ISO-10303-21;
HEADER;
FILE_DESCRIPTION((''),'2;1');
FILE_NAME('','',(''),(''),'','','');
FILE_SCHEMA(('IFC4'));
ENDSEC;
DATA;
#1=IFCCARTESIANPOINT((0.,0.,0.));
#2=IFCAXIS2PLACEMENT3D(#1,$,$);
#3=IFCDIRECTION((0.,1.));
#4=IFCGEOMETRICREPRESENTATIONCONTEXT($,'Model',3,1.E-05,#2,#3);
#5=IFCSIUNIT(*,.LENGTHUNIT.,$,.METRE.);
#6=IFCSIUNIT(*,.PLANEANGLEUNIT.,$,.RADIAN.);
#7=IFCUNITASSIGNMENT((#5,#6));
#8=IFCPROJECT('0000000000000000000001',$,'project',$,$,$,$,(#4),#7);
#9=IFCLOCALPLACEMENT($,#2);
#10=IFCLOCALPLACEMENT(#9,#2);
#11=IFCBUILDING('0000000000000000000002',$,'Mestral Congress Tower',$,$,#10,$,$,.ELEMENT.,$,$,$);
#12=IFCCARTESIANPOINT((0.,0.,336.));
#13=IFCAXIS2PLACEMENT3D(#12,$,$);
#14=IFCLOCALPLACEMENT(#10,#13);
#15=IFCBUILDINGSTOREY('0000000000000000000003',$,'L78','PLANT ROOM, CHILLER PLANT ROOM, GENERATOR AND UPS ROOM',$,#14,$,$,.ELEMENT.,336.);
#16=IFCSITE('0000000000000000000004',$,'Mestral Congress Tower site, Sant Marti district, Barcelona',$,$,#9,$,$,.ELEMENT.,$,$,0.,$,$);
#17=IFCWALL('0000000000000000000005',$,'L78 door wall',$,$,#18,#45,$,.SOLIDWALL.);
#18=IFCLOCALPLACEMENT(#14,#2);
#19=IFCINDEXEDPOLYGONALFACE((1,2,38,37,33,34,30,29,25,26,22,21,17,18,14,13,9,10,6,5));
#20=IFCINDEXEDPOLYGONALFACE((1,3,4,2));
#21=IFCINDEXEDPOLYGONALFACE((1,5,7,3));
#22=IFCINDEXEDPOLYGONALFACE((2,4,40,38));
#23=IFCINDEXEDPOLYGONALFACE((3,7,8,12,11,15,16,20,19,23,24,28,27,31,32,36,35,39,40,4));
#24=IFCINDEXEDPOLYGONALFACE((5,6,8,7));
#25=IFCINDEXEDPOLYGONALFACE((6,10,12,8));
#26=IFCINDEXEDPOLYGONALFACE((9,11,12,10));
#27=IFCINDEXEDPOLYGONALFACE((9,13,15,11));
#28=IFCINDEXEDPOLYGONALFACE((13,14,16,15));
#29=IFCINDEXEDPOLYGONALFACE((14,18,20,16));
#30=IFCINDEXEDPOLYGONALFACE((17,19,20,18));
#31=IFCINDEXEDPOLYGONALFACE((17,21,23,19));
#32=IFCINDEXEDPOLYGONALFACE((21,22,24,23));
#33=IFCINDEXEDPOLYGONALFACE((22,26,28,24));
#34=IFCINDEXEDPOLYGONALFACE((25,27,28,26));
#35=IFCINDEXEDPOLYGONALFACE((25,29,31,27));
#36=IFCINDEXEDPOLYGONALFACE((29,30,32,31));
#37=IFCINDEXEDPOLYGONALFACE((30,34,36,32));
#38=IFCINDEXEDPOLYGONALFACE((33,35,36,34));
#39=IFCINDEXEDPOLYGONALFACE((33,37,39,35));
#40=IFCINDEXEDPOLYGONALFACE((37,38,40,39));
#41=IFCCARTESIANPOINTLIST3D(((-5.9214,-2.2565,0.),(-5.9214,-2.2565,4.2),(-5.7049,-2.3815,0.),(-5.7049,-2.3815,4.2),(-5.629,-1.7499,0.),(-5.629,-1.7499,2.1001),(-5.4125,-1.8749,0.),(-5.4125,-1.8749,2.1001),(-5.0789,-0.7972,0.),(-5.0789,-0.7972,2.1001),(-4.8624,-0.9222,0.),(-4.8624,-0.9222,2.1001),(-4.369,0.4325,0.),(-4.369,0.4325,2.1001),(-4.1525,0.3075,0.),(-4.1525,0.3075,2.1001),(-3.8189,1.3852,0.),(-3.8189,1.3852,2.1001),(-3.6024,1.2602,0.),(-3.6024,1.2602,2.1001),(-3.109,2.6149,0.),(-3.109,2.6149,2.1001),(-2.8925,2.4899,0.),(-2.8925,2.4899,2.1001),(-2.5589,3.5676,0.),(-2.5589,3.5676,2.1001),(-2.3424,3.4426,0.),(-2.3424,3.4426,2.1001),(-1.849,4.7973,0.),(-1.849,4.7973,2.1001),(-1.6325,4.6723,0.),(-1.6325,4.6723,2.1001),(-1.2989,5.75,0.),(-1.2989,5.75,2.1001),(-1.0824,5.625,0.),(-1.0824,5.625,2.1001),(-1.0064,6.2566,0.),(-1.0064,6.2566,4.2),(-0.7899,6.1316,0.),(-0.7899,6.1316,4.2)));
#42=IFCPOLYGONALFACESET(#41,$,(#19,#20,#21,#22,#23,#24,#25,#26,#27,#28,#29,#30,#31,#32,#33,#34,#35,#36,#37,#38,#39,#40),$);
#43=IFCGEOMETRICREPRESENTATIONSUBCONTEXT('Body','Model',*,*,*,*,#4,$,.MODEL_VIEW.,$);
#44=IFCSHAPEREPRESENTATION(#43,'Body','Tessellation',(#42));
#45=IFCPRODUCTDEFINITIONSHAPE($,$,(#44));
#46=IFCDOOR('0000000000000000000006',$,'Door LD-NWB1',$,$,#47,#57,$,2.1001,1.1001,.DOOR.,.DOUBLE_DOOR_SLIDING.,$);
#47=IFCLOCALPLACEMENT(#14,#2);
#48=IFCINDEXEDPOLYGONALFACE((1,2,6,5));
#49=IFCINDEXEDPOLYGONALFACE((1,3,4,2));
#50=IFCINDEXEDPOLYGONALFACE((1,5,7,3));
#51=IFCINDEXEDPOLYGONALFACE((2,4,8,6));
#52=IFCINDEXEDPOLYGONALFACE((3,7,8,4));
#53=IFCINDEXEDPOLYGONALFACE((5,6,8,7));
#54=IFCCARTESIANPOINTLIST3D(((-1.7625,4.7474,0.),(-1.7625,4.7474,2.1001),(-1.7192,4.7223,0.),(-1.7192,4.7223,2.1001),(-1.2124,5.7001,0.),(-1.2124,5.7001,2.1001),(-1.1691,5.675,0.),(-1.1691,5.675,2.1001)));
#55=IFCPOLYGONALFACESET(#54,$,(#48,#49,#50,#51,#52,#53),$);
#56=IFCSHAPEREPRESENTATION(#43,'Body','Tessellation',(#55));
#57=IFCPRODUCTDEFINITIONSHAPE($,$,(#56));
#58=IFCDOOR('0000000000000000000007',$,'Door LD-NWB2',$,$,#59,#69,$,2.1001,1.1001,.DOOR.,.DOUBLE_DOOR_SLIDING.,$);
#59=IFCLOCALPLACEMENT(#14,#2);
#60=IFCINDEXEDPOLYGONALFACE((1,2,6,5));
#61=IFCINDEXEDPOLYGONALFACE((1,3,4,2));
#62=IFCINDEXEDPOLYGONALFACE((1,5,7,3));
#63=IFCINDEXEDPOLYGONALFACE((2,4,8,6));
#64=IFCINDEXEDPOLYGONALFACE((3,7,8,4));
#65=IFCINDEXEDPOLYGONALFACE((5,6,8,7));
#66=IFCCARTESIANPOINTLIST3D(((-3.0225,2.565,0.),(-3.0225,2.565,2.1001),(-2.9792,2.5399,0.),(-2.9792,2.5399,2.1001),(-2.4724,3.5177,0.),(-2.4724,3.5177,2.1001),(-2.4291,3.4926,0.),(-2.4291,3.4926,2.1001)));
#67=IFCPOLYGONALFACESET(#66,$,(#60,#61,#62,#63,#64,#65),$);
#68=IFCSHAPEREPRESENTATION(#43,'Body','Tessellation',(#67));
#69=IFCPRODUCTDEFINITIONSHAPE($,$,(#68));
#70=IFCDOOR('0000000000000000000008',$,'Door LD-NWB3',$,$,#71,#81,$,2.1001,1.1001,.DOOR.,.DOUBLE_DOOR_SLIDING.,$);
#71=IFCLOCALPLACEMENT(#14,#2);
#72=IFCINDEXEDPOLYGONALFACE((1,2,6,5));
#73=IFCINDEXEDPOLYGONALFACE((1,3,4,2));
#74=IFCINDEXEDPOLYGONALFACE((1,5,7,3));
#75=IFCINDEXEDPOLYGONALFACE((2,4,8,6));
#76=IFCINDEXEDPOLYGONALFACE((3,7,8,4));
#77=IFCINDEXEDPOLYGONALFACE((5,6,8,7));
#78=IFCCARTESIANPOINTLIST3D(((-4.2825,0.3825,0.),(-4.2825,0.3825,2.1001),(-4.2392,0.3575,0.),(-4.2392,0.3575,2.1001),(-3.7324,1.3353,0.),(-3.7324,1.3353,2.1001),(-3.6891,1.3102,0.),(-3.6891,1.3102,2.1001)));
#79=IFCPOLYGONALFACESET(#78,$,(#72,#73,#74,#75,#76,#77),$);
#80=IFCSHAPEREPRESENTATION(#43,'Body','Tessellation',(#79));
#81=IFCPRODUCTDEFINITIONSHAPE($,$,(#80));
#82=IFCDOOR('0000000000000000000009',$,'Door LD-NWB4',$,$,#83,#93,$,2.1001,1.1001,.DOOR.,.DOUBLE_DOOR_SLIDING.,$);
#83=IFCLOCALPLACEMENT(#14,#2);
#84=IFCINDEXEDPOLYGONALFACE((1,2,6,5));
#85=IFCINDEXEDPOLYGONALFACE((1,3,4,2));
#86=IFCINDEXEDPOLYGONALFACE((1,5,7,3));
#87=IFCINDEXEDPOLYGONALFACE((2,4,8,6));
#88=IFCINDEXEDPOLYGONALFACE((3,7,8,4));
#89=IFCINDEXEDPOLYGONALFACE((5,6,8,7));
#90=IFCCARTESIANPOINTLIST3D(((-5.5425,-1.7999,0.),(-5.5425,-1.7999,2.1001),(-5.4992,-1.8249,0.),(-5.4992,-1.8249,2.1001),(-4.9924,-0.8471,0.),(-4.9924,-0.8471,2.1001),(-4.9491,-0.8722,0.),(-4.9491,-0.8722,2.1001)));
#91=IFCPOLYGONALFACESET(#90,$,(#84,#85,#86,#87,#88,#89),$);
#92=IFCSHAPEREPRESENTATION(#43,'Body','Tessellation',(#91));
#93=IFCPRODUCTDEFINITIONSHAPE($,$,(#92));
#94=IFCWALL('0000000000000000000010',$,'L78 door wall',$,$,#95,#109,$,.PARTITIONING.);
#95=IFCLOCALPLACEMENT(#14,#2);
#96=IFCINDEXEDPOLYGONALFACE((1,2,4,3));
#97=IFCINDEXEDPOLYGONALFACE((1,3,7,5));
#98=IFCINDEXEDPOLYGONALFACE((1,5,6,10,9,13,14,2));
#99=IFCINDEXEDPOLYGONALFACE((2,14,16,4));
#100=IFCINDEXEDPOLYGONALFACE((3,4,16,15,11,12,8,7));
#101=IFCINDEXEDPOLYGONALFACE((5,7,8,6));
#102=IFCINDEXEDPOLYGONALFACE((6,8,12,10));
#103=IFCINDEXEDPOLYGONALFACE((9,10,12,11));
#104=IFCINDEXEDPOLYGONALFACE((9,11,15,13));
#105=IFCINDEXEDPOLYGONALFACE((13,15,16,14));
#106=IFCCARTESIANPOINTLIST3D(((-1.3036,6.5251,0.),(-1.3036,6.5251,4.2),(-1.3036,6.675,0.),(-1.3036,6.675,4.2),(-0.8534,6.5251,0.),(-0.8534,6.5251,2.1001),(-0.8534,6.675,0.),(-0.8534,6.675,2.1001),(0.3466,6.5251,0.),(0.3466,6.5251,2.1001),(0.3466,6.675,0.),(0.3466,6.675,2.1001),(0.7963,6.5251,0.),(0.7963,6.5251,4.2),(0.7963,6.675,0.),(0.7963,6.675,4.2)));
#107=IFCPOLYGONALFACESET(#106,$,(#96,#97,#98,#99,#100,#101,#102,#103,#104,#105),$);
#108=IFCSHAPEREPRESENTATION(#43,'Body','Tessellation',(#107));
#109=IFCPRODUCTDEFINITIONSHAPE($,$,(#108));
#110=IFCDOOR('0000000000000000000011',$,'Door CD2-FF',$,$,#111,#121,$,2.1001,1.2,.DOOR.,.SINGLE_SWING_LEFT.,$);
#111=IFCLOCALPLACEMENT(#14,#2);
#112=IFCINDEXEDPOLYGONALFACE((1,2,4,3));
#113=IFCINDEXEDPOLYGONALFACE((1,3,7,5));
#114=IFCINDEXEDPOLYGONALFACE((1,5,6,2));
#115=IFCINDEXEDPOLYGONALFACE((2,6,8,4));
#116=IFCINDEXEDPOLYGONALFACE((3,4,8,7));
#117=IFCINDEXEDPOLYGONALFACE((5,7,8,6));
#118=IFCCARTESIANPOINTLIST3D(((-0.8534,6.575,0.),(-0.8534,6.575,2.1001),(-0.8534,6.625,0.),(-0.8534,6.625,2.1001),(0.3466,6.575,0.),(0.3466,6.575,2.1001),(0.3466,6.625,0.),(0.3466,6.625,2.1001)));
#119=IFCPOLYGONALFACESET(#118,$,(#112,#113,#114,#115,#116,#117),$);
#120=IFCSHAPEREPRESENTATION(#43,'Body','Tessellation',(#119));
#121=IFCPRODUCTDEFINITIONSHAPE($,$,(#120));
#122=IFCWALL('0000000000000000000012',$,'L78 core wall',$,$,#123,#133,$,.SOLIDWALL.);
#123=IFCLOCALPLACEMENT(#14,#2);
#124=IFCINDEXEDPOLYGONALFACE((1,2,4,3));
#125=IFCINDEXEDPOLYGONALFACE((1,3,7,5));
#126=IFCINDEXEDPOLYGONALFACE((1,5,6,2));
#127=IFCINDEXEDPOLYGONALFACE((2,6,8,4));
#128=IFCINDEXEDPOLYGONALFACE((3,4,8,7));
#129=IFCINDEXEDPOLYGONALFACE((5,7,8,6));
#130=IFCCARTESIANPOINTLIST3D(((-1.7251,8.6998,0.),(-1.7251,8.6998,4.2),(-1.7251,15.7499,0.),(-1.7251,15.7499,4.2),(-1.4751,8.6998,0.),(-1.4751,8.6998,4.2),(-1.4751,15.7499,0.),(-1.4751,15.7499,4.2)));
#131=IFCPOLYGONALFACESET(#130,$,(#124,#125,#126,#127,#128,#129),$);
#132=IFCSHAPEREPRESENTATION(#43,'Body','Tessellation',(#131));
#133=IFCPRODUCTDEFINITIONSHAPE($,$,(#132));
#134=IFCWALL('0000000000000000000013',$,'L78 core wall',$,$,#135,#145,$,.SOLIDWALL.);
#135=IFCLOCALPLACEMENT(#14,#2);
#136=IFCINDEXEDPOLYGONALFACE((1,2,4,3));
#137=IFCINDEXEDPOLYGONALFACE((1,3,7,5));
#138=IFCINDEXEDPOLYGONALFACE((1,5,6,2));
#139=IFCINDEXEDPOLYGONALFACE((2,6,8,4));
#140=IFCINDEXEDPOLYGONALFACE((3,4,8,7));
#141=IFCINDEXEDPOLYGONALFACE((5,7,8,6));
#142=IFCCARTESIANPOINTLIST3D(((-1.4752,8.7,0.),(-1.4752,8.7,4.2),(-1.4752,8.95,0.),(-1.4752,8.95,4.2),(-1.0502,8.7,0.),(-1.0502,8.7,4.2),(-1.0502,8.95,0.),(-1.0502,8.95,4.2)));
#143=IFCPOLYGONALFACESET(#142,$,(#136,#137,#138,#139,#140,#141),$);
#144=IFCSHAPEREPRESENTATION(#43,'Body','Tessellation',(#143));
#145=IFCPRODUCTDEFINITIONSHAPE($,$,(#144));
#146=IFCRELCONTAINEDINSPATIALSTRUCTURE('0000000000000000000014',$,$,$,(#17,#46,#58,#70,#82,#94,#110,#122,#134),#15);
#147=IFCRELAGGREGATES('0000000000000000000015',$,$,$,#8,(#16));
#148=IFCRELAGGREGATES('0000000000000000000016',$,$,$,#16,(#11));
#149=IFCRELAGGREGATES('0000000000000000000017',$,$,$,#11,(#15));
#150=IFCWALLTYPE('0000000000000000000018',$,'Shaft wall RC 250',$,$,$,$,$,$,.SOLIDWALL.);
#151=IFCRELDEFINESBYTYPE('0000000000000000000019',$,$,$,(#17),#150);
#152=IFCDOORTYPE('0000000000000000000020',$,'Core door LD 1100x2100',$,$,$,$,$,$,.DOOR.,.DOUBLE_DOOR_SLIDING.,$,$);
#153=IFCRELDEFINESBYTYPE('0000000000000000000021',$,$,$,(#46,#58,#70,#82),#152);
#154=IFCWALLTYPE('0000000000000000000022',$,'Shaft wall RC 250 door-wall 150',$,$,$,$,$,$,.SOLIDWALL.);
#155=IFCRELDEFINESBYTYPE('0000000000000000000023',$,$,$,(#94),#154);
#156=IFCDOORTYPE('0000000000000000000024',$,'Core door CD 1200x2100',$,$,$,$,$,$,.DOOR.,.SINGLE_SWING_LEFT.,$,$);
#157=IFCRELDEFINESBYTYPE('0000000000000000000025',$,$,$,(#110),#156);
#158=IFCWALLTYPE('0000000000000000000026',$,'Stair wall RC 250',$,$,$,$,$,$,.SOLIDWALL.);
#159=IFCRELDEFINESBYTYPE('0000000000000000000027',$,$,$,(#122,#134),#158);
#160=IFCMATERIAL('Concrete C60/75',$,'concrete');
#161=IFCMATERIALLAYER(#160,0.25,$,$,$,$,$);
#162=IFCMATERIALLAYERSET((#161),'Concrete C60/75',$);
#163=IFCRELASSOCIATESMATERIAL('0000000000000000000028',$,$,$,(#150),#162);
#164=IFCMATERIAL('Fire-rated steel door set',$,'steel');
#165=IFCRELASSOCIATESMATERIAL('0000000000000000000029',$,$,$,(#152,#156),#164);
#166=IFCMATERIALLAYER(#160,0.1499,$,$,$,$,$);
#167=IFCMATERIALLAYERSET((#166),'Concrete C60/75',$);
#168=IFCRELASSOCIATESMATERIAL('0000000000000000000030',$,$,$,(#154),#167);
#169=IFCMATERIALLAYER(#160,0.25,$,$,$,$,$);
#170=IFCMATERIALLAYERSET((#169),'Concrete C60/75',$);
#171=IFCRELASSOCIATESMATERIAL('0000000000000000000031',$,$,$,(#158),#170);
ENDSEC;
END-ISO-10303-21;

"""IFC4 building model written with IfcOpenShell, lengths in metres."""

from ifc_helpers import new_model, si_unit, direction, frame, frame_2d, origin, place, context, subcontext, project, spatial, rectangle, extrude, material, layer, layer_set, type_object, element, fill, save


model = new_model("IFC4")

# Units and contexts
model_context = context("Model", 3, precision=1e-05, world=origin(), true_north=direction((0.0, 1.0)))
body_context = subcontext(model_context, "Body", "Model", "MODEL_VIEW")
ifc_project = project(units=[si_unit("LENGTHUNIT", "METRE"), si_unit("PLANEANGLEUNIT", "RADIAN")], contexts=[model_context])

# Site, building, storey
site_placement = place(None, origin())
site = spatial("IfcSite", under=ifc_project, at=site_placement, Name="Mestral Congress Tower site, Sant Marti district, Barcelona", CompositionType="ELEMENT", RefElevation=0.0)
building_placement = place(site_placement, origin())
building = spatial("IfcBuilding", under=site, at=building_placement, Name="Mestral Congress Tower", CompositionType="ELEMENT")
storey_placement = place(building_placement, frame((0.0, 0.0, 336.0)))
storey = spatial("IfcBuildingStorey", under=building, at=storey_placement, Name="L78", Description="PLANT ROOM, CHILLER PLANT ROOM, GENERATOR AND UPS ROOM", CompositionType="ELEMENT", Elevation=336.0)

# Shared definitions
ifc_material_1 = material(Name="Concrete C60/75", Category="concrete")

# Shared definitions
ifc_layer_1 = layer(ifc_material_1, 0.25)
ifc_layer_set_1 = layer_set([ifc_layer_1], Name="Concrete C60/75")
wall_type_1 = type_object("IfcWallType", Name="Shaft wall RC 250", PredefinedType="SOLIDWALL", material=ifc_layer_set_1)

# Wall, openings, doors
wall_1_placement = place(storey_placement, frame((-0.8982, 6.1941, 0.0), z_axis=(0.0, 0.0, 1.0), x_axis=(-0.499996, -0.866028, 0.0)))
wall_1 = element("IfcWall", 1, at=wall_1_placement, inside=storey, type_object=wall_type_1, Name="L78 door wall", PredefinedType="SOLIDWALL", context=body_context, shape_type="SweptSolid", body=[
    extrude(rectangle(XDim=9.8301, YDim=0.25, at=frame_2d((4.915, 0.0))), origin(), (0.0, 0.0, 1.0), 4.2),
])
opening_1_placement = place(wall_1_placement, frame((0.585, 0.0, 0.0)))
opening_1 = element("IfcOpeningElement", 2, at=opening_1_placement, cuts=wall_1, PredefinedType="OPENING", context=body_context, shape_type="SweptSolid", body=[
    extrude(rectangle(XDim=1.1001, YDim=2.1001, at=frame_2d((0.55, 1.05))), frame((0.0, 0.135, 0.0), z_axis=(0.0, -1.0, 0.0), x_axis=(1.0, 0.0, 0.0)), (0.0, 0.0, 1.0), 0.27),
])
opening_2_placement = place(wall_1_placement, frame((3.105, 0.0, 0.0)))
opening_2 = element("IfcOpeningElement", 3, at=opening_2_placement, cuts=wall_1, PredefinedType="OPENING", context=body_context, shape_type="SweptSolid", body=[
    extrude(rectangle(XDim=1.1001, YDim=2.1001, at=frame_2d((0.55, 1.05))), frame((0.0, 0.135, 0.0), z_axis=(0.0, -1.0, 0.0), x_axis=(1.0, 0.0, 0.0)), (0.0, 0.0, 1.0), 0.27),
])
opening_3_placement = place(wall_1_placement, frame((5.625, 0.0, 0.0)))
opening_3 = element("IfcOpeningElement", 4, at=opening_3_placement, cuts=wall_1, PredefinedType="OPENING", context=body_context, shape_type="SweptSolid", body=[
    extrude(rectangle(XDim=1.1001, YDim=2.1001, at=frame_2d((0.55, 1.05))), frame((0.0, 0.135, 0.0), z_axis=(0.0, -1.0, 0.0), x_axis=(1.0, 0.0, 0.0)), (0.0, 0.0, 1.0), 0.27),
])
opening_4_placement = place(wall_1_placement, frame((8.145, 0.0, 0.0)))
opening_4 = element("IfcOpeningElement", 5, at=opening_4_placement, cuts=wall_1, PredefinedType="OPENING", context=body_context, shape_type="SweptSolid", body=[
    extrude(rectangle(XDim=1.1001, YDim=2.1001, at=frame_2d((0.55, 1.05))), frame((0.0, 0.135, 0.0), z_axis=(0.0, -1.0, 0.0), x_axis=(1.0, 0.0, 0.0)), (0.0, 0.0, 1.0), 0.27),
])
ifc_material_2 = material(Name="Fire-rated steel door set", Category="steel")
door_type_1 = type_object("IfcDoorType", Name="Core door LD 1100x2100", OperationType="DOUBLE_DOOR_SLIDING", PredefinedType="DOOR", material=ifc_material_2)
door_1_placement = place(opening_1_placement, origin())
door_1 = element("IfcDoor", 6, at=door_1_placement, inside=storey, type_object=door_type_1, Name="Door LD-NWB1", OperationType="DOUBLE_DOOR_SLIDING", OverallHeight=2.1001, OverallWidth=1.1001, PredefinedType="DOOR", context=body_context, shape_type="SweptSolid", body=[
    extrude(rectangle(XDim=1.1001, YDim=2.1001, at=frame_2d((0.55, 1.05))), frame((0.0, 0.0249, 0.0), z_axis=(0.0, -1.0, 0.0), x_axis=(1.0, 0.0, 0.0)), (0.0, 0.0, 1.0), 0.05),
])
fill(opening_1, door_1)
door_2_placement = place(opening_2_placement, origin())
door_2 = element("IfcDoor", 7, at=door_2_placement, inside=storey, type_object=door_type_1, Name="Door LD-NWB2", OperationType="DOUBLE_DOOR_SLIDING", OverallHeight=2.1001, OverallWidth=1.1001, PredefinedType="DOOR", context=body_context, shape_type="SweptSolid", body=[
    extrude(rectangle(XDim=1.1001, YDim=2.1001, at=frame_2d((0.55, 1.05))), frame((0.0, 0.0249, 0.0), z_axis=(0.0, -1.0, 0.0), x_axis=(1.0, 0.0, 0.0)), (0.0, 0.0, 1.0), 0.05),
])
fill(opening_2, door_2)
door_3_placement = place(opening_3_placement, origin())
door_3 = element("IfcDoor", 8, at=door_3_placement, inside=storey, type_object=door_type_1, Name="Door LD-NWB3", OperationType="DOUBLE_DOOR_SLIDING", OverallHeight=2.1001, OverallWidth=1.1001, PredefinedType="DOOR", context=body_context, shape_type="SweptSolid", body=[
    extrude(rectangle(XDim=1.1001, YDim=2.1001, at=frame_2d((0.55, 1.05))), frame((0.0, 0.0249, 0.0), z_axis=(0.0, -1.0, 0.0), x_axis=(1.0, 0.0, 0.0)), (0.0, 0.0, 1.0), 0.05),
])
fill(opening_3, door_3)
door_4_placement = place(opening_4_placement, origin())
door_4 = element("IfcDoor", 9, at=door_4_placement, inside=storey, type_object=door_type_1, Name="Door LD-NWB4", OperationType="DOUBLE_DOOR_SLIDING", OverallHeight=2.1001, OverallWidth=1.1001, PredefinedType="DOOR", context=body_context, shape_type="SweptSolid", body=[
    extrude(rectangle(XDim=1.1001, YDim=2.1001, at=frame_2d((0.55, 1.05))), frame((0.0, 0.0249, 0.0), z_axis=(0.0, -1.0, 0.0), x_axis=(1.0, 0.0, 0.0)), (0.0, 0.0, 1.0), 0.05),
])
fill(opening_4, door_4)

# Wall, opening, door
ifc_layer_2 = layer(ifc_material_1, 0.1499)
ifc_layer_set_2 = layer_set([ifc_layer_2], Name="Concrete C60/75")
wall_type_2 = type_object("IfcWallType", Name="Shaft wall RC 250 door-wall 150", PredefinedType="SOLIDWALL", material=ifc_layer_set_2)
wall_2_placement = place(storey_placement, frame((-1.3035, 6.6001, 0.0), z_axis=(0.0, 0.0, 1.0), x_axis=(1.0, 0.0, 0.0)))
wall_2 = element("IfcWall", 10, at=wall_2_placement, inside=storey, type_object=wall_type_2, Name="L78 door wall", PredefinedType="PARTITIONING", context=body_context, shape_type="SweptSolid", body=[
    extrude(rectangle(XDim=2.0999, YDim=0.1499, at=frame_2d((1.0498, 0.0))), origin(), (0.0, 0.0, 1.0), 4.2),
])
opening_5_placement = place(wall_2_placement, frame((0.45, 0.0, 0.0)))
opening_5 = element("IfcOpeningElement", 11, at=opening_5_placement, cuts=wall_2, PredefinedType="OPENING", context=body_context, shape_type="SweptSolid", body=[
    extrude(rectangle(XDim=1.2, YDim=2.1001, at=frame_2d((0.6001, 1.05))), frame((0.0, 0.085, 0.0), z_axis=(0.0, -1.0, 0.0), x_axis=(1.0, 0.0, 0.0)), (0.0, 0.0, 1.0), 0.1699),
])
door_type_2 = type_object("IfcDoorType", Name="Core door CD 1200x2100", OperationType="SINGLE_SWING_LEFT", PredefinedType="DOOR", material=ifc_material_2)
door_5_placement = place(opening_5_placement, origin())
door_5 = element("IfcDoor", 12, at=door_5_placement, inside=storey, type_object=door_type_2, Name="Door CD2-FF", OperationType="SINGLE_SWING_LEFT", OverallHeight=2.1001, OverallWidth=1.2, PredefinedType="DOOR", context=body_context, shape_type="SweptSolid", body=[
    extrude(rectangle(XDim=1.2, YDim=2.1001, at=frame_2d((0.6001, 1.05))), frame((0.0, 0.0249, 0.0), z_axis=(0.0, -1.0, 0.0), x_axis=(1.0, 0.0, 0.0)), (0.0, 0.0, 1.0), 0.05),
])
fill(opening_5, door_5)

# Walls
ifc_layer_3 = layer(ifc_material_1, 0.25)
ifc_layer_set_3 = layer_set([ifc_layer_3], Name="Concrete C60/75")
wall_type_3 = type_object("IfcWallType", Name="Stair wall RC 250", PredefinedType="SOLIDWALL", material=ifc_layer_set_3)
wall_3_placement = place(storey_placement, frame((-1.6001, 8.7, 0.0), z_axis=(0.0, 0.0, 1.0), x_axis=(0.0, 1.0, 0.0)))
element("IfcWall", 13, at=wall_3_placement, inside=storey, type_object=wall_type_3, Name="L78 core wall", PredefinedType="SOLIDWALL", context=body_context, shape_type="SweptSolid", body=[
    extrude(rectangle(XDim=7.05, YDim=0.25, at=frame_2d((3.5249, 0.0))), origin(), (0.0, 0.0, 1.0), 4.2),
])
wall_4_placement = place(storey_placement, frame((-1.4751, 8.825, 0.0), z_axis=(0.0, 0.0, 1.0), x_axis=(1.0, 0.0, 0.0)))
element("IfcWall", 14, at=wall_4_placement, inside=storey, type_object=wall_type_3, Name="L78 core wall", PredefinedType="SOLIDWALL", context=body_context, shape_type="SweptSolid", body=[
    extrude(rectangle(XDim=0.425, YDim=0.25, at=frame_2d((0.2124, 0.0))), origin(), (0.0, 0.0, 1.0), 4.2),
])

save(model, "model.ifc")
